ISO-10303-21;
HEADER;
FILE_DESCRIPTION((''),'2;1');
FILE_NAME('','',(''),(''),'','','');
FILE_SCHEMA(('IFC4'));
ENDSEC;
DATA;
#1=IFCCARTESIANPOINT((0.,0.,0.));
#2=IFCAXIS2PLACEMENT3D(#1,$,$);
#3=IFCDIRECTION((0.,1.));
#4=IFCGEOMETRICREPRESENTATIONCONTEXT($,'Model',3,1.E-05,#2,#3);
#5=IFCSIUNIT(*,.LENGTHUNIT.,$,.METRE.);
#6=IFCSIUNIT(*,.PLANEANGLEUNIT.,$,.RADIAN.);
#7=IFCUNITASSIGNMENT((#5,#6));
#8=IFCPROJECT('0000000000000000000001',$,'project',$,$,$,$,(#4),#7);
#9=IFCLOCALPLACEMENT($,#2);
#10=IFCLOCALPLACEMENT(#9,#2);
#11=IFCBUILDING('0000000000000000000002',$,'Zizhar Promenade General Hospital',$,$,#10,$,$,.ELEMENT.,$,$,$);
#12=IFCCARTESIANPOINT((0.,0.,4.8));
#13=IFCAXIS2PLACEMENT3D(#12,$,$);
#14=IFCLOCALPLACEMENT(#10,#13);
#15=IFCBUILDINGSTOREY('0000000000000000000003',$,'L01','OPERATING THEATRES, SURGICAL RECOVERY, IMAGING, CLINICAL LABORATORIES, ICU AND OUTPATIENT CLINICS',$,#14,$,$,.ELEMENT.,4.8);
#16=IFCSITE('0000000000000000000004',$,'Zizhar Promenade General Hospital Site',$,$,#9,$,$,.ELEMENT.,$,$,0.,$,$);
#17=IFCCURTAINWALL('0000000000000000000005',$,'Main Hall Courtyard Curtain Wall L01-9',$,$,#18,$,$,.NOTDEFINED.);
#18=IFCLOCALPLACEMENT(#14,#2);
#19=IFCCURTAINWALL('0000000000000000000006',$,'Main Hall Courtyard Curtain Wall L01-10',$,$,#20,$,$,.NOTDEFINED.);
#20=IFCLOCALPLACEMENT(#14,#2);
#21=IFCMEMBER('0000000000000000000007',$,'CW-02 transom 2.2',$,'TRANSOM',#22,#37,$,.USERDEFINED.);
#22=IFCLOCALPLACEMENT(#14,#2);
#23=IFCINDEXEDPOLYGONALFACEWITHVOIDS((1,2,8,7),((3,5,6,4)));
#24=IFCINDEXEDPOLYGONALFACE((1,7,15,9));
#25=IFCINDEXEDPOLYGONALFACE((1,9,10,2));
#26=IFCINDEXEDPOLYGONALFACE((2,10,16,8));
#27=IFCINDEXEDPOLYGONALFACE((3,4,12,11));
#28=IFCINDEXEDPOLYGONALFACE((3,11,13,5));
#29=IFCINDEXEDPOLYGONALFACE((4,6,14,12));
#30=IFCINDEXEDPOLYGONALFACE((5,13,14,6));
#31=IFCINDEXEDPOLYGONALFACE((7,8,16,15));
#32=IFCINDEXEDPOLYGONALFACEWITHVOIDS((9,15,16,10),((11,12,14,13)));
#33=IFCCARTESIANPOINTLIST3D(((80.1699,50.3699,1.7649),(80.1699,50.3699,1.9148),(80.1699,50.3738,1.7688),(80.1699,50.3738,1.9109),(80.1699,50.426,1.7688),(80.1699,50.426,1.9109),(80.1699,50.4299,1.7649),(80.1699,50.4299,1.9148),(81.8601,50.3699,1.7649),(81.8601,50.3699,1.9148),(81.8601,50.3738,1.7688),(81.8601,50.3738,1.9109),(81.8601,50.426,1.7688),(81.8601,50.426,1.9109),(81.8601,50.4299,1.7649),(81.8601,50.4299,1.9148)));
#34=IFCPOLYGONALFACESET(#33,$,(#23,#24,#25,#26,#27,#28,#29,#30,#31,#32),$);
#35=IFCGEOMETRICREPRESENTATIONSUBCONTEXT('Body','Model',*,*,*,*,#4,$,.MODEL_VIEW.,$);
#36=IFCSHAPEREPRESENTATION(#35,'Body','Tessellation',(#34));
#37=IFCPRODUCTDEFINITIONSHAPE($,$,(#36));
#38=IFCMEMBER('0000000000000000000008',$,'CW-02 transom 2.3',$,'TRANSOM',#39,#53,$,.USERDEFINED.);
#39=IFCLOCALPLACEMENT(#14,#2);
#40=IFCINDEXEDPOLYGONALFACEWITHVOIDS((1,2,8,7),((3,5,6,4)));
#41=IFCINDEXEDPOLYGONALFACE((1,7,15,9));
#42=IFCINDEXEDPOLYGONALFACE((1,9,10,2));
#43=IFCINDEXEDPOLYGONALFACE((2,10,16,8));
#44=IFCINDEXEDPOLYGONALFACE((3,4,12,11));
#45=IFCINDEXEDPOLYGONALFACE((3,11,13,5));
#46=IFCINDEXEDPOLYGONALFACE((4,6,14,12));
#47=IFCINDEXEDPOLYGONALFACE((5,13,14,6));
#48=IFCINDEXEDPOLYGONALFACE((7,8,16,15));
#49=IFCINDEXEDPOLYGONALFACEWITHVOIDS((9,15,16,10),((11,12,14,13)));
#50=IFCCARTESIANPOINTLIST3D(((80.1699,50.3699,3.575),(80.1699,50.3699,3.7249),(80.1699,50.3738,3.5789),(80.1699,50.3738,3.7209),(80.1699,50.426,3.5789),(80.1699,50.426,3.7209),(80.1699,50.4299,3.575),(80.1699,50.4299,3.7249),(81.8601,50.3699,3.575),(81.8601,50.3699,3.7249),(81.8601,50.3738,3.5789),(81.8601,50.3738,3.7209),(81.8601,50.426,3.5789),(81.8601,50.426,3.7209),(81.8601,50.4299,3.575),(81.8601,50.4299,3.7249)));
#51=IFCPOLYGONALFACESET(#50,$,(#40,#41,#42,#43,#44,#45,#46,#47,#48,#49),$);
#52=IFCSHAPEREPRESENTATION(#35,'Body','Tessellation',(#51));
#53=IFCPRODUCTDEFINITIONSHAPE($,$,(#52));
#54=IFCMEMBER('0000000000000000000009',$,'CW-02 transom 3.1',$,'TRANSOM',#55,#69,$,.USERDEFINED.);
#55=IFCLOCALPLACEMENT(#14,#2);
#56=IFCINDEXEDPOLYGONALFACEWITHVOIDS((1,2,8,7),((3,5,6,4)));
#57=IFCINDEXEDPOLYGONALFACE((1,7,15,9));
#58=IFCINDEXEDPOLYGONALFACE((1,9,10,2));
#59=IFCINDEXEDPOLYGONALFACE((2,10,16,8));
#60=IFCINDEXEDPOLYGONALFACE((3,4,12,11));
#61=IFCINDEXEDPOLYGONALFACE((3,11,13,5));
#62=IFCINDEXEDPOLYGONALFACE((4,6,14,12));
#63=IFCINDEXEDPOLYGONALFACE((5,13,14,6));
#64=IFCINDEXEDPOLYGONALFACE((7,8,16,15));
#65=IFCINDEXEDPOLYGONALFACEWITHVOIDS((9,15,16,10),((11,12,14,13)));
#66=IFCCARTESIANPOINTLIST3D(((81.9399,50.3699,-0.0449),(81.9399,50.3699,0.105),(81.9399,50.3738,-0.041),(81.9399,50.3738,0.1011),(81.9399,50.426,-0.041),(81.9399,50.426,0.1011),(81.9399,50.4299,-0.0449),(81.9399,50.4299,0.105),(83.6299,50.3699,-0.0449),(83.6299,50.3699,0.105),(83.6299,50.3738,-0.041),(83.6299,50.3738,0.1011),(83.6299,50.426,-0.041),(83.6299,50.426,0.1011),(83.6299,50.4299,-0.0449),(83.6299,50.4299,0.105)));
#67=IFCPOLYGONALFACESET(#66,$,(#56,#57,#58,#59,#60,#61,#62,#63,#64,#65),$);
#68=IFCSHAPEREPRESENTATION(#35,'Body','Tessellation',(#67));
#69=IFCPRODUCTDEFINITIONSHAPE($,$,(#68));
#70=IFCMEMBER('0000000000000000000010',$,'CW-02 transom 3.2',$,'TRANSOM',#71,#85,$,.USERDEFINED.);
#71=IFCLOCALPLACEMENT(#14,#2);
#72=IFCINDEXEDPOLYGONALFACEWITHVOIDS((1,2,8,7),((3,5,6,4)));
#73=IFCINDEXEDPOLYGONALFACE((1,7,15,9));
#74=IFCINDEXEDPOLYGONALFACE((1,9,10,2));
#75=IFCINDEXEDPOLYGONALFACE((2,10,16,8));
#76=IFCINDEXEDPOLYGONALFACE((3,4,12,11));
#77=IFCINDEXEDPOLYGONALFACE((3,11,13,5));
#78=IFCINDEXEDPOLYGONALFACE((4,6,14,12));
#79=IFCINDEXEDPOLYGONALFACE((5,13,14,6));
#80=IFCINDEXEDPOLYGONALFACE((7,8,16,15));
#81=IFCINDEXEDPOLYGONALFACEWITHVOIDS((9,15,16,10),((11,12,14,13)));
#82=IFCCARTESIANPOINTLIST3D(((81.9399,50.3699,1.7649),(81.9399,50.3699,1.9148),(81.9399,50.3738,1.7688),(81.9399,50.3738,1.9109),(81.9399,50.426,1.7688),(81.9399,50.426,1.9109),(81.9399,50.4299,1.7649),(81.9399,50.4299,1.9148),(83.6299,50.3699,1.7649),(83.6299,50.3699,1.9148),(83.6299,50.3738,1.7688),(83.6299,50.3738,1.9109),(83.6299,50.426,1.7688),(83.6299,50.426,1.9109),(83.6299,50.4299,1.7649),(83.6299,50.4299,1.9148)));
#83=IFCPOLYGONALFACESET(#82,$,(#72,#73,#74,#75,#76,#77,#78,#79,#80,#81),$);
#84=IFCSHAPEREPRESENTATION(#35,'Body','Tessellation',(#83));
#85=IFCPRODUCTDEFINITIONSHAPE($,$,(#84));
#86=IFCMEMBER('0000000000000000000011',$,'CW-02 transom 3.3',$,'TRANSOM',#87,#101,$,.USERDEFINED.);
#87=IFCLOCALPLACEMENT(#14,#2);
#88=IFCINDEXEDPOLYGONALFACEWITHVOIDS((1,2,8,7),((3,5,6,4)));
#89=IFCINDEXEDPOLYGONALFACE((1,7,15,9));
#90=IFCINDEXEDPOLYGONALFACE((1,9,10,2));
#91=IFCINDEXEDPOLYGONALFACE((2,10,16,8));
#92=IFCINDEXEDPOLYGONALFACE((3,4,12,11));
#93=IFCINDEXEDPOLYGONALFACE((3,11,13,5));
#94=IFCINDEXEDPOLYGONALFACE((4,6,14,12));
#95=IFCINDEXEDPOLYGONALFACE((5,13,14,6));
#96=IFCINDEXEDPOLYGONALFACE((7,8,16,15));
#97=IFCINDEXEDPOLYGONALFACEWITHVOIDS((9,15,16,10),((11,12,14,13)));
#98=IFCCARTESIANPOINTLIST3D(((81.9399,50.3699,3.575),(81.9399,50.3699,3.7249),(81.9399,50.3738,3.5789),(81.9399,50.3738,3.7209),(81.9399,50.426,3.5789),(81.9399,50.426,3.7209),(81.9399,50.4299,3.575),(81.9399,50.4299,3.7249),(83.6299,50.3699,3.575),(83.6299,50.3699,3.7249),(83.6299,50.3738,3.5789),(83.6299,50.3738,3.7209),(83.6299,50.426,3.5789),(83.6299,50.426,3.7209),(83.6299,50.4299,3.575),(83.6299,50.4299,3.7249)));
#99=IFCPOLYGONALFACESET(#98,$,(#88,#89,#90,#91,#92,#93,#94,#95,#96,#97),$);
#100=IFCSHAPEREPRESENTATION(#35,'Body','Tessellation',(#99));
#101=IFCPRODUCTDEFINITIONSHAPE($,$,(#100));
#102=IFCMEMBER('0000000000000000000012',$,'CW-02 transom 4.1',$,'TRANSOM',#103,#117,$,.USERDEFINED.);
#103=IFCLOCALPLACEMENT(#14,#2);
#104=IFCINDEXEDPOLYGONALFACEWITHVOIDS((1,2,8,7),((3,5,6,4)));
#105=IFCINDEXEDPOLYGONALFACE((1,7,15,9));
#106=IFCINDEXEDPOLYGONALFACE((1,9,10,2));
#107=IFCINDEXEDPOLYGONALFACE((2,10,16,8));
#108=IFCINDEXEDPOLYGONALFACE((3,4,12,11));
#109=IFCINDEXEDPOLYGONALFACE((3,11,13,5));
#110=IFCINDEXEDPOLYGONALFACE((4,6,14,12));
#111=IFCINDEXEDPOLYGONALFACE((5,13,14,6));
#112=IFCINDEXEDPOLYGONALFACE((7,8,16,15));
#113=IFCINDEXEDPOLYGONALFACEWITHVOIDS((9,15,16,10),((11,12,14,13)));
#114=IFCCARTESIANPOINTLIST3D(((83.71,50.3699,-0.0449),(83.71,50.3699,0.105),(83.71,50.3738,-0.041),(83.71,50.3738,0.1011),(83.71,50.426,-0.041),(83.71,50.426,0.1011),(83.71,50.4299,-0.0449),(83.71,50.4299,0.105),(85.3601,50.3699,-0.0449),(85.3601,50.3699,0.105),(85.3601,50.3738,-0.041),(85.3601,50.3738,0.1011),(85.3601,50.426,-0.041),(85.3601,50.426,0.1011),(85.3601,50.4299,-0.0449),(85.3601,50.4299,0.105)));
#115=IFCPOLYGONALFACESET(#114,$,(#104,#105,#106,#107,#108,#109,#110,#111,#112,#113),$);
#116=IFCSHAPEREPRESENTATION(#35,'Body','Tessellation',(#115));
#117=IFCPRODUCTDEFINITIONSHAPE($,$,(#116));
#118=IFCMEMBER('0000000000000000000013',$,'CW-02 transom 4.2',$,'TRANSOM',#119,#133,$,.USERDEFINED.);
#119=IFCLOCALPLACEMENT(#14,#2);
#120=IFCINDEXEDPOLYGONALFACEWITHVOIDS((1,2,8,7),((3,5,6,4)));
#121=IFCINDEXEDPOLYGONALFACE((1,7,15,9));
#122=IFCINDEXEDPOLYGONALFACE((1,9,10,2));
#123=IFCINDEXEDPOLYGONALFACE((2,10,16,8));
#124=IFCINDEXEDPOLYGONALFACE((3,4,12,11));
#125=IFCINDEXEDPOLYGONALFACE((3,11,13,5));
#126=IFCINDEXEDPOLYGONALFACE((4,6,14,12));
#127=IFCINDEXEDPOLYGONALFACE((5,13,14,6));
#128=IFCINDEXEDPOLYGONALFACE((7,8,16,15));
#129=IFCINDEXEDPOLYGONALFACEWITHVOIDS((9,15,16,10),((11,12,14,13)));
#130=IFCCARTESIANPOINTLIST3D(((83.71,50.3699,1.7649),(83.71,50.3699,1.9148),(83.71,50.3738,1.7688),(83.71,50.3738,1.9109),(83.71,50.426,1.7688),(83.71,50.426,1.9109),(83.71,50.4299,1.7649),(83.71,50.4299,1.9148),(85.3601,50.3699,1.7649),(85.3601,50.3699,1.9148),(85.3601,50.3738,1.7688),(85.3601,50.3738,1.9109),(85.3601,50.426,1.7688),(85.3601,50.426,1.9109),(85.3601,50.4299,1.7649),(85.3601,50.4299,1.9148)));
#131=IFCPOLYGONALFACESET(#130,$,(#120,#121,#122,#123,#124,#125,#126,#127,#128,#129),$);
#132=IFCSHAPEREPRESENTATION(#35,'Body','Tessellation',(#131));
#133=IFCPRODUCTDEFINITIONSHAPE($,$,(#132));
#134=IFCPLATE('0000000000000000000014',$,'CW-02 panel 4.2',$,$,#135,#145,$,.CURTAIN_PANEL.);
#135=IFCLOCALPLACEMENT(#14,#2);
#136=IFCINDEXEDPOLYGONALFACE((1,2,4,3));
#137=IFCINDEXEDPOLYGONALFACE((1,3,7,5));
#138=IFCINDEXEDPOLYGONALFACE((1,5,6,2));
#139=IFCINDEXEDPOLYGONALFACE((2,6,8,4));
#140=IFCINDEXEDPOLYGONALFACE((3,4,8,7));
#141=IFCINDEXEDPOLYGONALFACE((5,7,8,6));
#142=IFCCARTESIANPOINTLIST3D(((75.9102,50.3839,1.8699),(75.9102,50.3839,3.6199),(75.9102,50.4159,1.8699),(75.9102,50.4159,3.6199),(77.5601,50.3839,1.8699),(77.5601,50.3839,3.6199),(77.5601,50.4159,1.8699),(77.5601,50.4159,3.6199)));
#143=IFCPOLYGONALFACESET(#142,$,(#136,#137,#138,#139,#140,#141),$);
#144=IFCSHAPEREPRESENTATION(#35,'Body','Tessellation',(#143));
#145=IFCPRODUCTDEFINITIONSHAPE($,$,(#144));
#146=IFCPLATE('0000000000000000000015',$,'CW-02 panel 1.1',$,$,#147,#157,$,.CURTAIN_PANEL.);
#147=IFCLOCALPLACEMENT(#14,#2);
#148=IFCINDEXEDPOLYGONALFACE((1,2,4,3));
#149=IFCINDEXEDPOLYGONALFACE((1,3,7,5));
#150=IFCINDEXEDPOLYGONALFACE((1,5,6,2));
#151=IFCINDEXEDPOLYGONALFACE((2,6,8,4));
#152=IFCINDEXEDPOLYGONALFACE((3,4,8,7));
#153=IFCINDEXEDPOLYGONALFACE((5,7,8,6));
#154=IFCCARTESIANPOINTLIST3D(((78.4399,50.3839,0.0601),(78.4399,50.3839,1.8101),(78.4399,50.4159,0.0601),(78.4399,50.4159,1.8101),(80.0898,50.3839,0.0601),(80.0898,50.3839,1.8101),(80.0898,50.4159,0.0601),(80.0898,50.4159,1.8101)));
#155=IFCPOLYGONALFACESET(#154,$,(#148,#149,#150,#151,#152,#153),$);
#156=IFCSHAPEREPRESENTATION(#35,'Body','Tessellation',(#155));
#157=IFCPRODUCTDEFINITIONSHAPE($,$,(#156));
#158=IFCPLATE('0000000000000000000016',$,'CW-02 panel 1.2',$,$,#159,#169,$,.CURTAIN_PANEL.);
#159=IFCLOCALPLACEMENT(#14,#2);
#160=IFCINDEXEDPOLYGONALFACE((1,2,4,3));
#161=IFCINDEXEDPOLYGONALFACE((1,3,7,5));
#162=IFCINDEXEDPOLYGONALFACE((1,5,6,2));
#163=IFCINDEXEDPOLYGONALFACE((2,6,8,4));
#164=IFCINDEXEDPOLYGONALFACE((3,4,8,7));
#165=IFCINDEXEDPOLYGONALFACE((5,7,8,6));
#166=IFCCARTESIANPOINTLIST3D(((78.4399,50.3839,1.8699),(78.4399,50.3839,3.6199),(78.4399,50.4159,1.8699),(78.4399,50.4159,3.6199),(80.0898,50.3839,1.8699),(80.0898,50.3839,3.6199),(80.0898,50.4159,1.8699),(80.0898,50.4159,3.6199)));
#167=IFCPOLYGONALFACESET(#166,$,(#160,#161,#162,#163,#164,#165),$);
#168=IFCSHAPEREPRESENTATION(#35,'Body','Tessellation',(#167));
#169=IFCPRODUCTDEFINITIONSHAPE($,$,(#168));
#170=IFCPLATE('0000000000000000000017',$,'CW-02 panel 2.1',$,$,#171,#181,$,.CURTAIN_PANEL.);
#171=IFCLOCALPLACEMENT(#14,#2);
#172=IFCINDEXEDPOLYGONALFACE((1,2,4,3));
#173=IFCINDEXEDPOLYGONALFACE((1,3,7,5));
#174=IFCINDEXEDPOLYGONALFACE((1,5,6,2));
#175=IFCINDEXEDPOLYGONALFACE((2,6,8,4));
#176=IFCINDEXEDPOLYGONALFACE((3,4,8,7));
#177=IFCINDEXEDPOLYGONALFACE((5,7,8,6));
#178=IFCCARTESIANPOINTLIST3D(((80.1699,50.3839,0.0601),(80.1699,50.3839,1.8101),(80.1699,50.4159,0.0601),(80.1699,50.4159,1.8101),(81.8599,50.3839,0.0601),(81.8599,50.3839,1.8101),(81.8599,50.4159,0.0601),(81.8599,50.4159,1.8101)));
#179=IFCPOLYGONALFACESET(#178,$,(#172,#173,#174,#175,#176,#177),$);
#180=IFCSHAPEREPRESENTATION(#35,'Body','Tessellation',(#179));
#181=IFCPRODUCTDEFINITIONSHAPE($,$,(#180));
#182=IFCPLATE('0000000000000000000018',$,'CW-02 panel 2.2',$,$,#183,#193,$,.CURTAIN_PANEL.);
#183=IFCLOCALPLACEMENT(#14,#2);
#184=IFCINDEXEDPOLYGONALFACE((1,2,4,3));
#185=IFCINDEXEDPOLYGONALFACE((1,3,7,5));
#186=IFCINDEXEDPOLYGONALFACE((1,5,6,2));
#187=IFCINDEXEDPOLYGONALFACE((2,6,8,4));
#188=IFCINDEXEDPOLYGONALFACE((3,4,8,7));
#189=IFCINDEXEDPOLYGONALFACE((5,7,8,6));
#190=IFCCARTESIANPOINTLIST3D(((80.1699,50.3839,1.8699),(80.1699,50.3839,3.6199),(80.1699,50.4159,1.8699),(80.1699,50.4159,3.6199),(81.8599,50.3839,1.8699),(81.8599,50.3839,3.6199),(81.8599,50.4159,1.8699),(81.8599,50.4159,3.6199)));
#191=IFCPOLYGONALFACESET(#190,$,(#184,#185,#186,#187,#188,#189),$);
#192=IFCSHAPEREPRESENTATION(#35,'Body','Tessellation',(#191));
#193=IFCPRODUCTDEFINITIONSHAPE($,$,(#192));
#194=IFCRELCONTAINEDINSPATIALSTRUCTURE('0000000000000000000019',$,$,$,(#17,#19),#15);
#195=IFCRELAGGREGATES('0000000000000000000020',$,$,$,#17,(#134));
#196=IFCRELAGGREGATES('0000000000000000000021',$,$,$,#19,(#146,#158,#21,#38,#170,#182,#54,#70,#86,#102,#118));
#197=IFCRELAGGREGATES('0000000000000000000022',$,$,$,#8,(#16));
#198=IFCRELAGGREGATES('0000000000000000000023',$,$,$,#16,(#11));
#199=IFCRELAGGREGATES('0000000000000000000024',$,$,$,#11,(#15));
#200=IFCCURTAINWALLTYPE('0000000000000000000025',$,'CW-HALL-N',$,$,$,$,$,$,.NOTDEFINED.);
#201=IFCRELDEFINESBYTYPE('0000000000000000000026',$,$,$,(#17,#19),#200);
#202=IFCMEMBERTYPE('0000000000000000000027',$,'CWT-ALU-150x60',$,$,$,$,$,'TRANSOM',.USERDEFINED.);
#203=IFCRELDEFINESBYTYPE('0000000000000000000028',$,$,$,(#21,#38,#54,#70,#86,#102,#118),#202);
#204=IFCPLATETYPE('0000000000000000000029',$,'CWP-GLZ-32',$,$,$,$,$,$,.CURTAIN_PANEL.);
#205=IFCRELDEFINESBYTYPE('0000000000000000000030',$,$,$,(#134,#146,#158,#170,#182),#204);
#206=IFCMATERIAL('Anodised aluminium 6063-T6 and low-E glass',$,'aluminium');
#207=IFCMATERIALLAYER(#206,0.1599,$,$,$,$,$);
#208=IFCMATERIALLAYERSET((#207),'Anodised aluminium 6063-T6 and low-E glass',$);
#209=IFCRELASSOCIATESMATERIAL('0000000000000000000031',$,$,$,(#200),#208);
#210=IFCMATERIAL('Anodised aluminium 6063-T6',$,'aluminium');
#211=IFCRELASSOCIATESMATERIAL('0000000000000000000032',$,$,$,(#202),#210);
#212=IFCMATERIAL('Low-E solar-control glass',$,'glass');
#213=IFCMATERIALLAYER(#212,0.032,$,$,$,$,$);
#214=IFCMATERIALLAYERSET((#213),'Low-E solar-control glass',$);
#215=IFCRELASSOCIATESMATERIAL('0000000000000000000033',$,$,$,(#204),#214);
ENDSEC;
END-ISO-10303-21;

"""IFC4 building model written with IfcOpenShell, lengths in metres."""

from ifc_helpers import new_model, si_unit, direction, frame, origin, origin_2d, place, context, subcontext, project, spatial, rectangle, hollow_rectangle, extrude, material, layer, layer_set, material_profile, profile_set, type_object, element, aggregate, save


model = new_model("IFC4")

# Units and contexts
model_context = context("Model", 3, precision=1e-05, world=origin(), true_north=direction((0.0, 1.0)))
body_context = subcontext(model_context, "Body", "Model", "MODEL_VIEW")
ifc_project = project(units=[si_unit("LENGTHUNIT", "METRE"), si_unit("PLANEANGLEUNIT", "RADIAN")], contexts=[model_context])

# Site, building, storey
site_placement = place(None, origin())
site = spatial("IfcSite", under=ifc_project, at=site_placement, Name="Zizhar Promenade General Hospital Site", CompositionType="ELEMENT", RefElevation=0.0)
building_placement = place(site_placement, origin())
building = spatial("IfcBuilding", under=site, at=building_placement, Name="Zizhar Promenade General Hospital", CompositionType="ELEMENT")
storey_placement = place(building_placement, frame((0.0, 0.0, 4.8)))
storey = spatial("IfcBuildingStorey", under=building, at=storey_placement, Name="L01", Description="OPERATING THEATRES, SURGICAL RECOVERY, IMAGING, CLINICAL LABORATORIES, ICU AND OUTPATIENT CLINICS", CompositionType="ELEMENT", Elevation=4.8)

# Curtain wall
ifc_material_1 = material(Name="Anodised aluminium 6063-T6 and low-E glass", Category="aluminium")
ifc_layer_1 = layer(ifc_material_1, 0.1599)
ifc_layer_set_1 = layer_set([ifc_layer_1], Name="Anodised aluminium 6063-T6 and low-E glass")
curtain_wall_type = type_object("IfcCurtainWallType", Name="CW-HALL-N", PredefinedType="NOTDEFINED", material=ifc_layer_set_1)
curtain_wall_1_placement = place(storey_placement, origin())
curtain_wall_1 = element("IfcCurtainWall", 1, at=curtain_wall_1_placement, inside=storey, type_object=curtain_wall_type, Name="Main Hall Courtyard Curtain Wall L01-9", PredefinedType="NOTDEFINED")

# Curtain wall, members
curtain_wall_2_placement = place(storey_placement, origin())
curtain_wall_2 = element("IfcCurtainWall", 2, at=curtain_wall_2_placement, inside=storey, type_object=curtain_wall_type, Name="Main Hall Courtyard Curtain Wall L01-10", PredefinedType="NOTDEFINED")
ifc_material_2 = material(Name="Anodised aluminium 6063-T6", Category="aluminium")
ifc_material_profile_1 = material_profile(ifc_material_2, hollow_rectangle(XDim=0.0601, YDim=0.1499, WallThickness=0.0039, at=origin_2d()))
ifc_profile_set_1 = profile_set([ifc_material_profile_1], Name="Anodised aluminium 6063-T6")
member_type_1 = type_object("IfcMemberType", Name="CWT-ALU-150x60", ElementType="TRANSOM", PredefinedType="USERDEFINED", material=ifc_profile_set_1)
member_1_placement = place(storey_placement, frame((80.1699, 50.3999, 1.8398), z_axis=(1.0, 0.0, 0.0), x_axis=(0.0, 1.0, 0.0)))
member_1 = element("IfcMember", 3, at=member_1_placement, type_object=member_type_1, Name="CW-02 transom 2.2", ObjectType="TRANSOM", PredefinedType="USERDEFINED", context=body_context, shape_type="SweptSolid", body=[
    extrude(hollow_rectangle(XDim=0.0601, YDim=0.1499, WallThickness=0.0039, at=origin_2d()), origin(), (0.0, 0.0, 1.0), 1.6902),
])
member_2_placement = place(storey_placement, frame((80.1699, 50.3999, 3.6499), z_axis=(1.0, 0.0, 0.0), x_axis=(0.0, 1.0, 0.0)))
member_2 = element("IfcMember", 4, at=member_2_placement, type_object=member_type_1, Name="CW-02 transom 2.3", ObjectType="TRANSOM", PredefinedType="USERDEFINED", context=body_context, shape_type="SweptSolid", body=[
    extrude(hollow_rectangle(XDim=0.0601, YDim=0.1499, WallThickness=0.0039, at=origin_2d()), origin(), (0.0, 0.0, 1.0), 1.6902),
])
member_3_placement = place(storey_placement, frame((81.9399, 50.3999, 0.03), z_axis=(1.0, 0.0, 0.0), x_axis=(0.0, 1.0, 0.0)))
member_3 = element("IfcMember", 5, at=member_3_placement, type_object=member_type_1, Name="CW-02 transom 3.1", ObjectType="TRANSOM", PredefinedType="USERDEFINED", context=body_context, shape_type="SweptSolid", body=[
    extrude(hollow_rectangle(XDim=0.0601, YDim=0.1499, WallThickness=0.0039, at=origin_2d()), origin(), (0.0, 0.0, 1.0), 1.6899),
])
member_4_placement = place(storey_placement, frame((81.9399, 50.3999, 1.8398), z_axis=(1.0, 0.0, 0.0), x_axis=(0.0, 1.0, 0.0)))
member_4 = element("IfcMember", 6, at=member_4_placement, type_object=member_type_1, Name="CW-02 transom 3.2", ObjectType="TRANSOM", PredefinedType="USERDEFINED", context=body_context, shape_type="SweptSolid", body=[
    extrude(hollow_rectangle(XDim=0.0601, YDim=0.1499, WallThickness=0.0039, at=origin_2d()), origin(), (0.0, 0.0, 1.0), 1.6899),
])
member_5_placement = place(storey_placement, frame((81.9399, 50.3999, 3.6499), z_axis=(1.0, 0.0, 0.0), x_axis=(0.0, 1.0, 0.0)))
member_5 = element("IfcMember", 7, at=member_5_placement, type_object=member_type_1, Name="CW-02 transom 3.3", ObjectType="TRANSOM", PredefinedType="USERDEFINED", context=body_context, shape_type="SweptSolid", body=[
    extrude(hollow_rectangle(XDim=0.0601, YDim=0.1499, WallThickness=0.0039, at=origin_2d()), origin(), (0.0, 0.0, 1.0), 1.6899),
])
member_6_placement = place(storey_placement, frame((83.71, 50.3999, 0.03), z_axis=(1.0, 0.0, 0.0), x_axis=(0.0, 1.0, 0.0)))
member_6 = element("IfcMember", 8, at=member_6_placement, type_object=member_type_1, Name="CW-02 transom 4.1", ObjectType="TRANSOM", PredefinedType="USERDEFINED", context=body_context, shape_type="SweptSolid", body=[
    extrude(hollow_rectangle(XDim=0.0601, YDim=0.1499, WallThickness=0.0039, at=origin_2d()), origin(), (0.0, 0.0, 1.0), 1.6501),
])
member_7_placement = place(storey_placement, frame((83.71, 50.3999, 1.8398), z_axis=(1.0, 0.0, 0.0), x_axis=(0.0, 1.0, 0.0)))
member_7 = element("IfcMember", 9, at=member_7_placement, type_object=member_type_1, Name="CW-02 transom 4.2", ObjectType="TRANSOM", PredefinedType="USERDEFINED", context=body_context, shape_type="SweptSolid", body=[
    extrude(hollow_rectangle(XDim=0.0601, YDim=0.1499, WallThickness=0.0039, at=origin_2d()), origin(), (0.0, 0.0, 1.0), 1.6501),
])

# Plates
ifc_material_3 = material(Name="Low-E solar-control glass", Category="glass")
ifc_layer_2 = layer(ifc_material_3, 0.032)
ifc_layer_set_2 = layer_set([ifc_layer_2], Name="Low-E solar-control glass")
plate_type = type_object("IfcPlateType", Name="CWP-GLZ-32", PredefinedType="CURTAIN_PANEL", material=ifc_layer_set_2)
plate_1_placement = place(storey_placement, frame((76.7351, 50.3999, 1.8699), z_axis=(0.0, 0.0, 1.0), x_axis=(1.0, 0.0, 0.0)))
plate_1 = element("IfcPlate", 10, at=plate_1_placement, type_object=plate_type, Name="CW-02 panel 4.2", PredefinedType="CURTAIN_PANEL", context=body_context, shape_type="SweptSolid", body=[
    extrude(rectangle(XDim=1.6499, YDim=0.032, at=origin_2d()), origin(), (0.0, 0.0, 1.0), 1.75),
])
aggregate(curtain_wall_1, [plate_1])
plate_2_placement = place(storey_placement, frame((79.2649, 50.3999, 0.0601), z_axis=(0.0, 0.0, 1.0), x_axis=(1.0, 0.0, 0.0)))
plate_2 = element("IfcPlate", 11, at=plate_2_placement, type_object=plate_type, Name="CW-02 panel 1.1", PredefinedType="CURTAIN_PANEL", context=body_context, shape_type="SweptSolid", body=[
    extrude(rectangle(XDim=1.6499, YDim=0.032, at=origin_2d()), origin(), (0.0, 0.0, 1.0), 1.75),
])
plate_3_placement = place(storey_placement, frame((79.2649, 50.3999, 1.8699), z_axis=(0.0, 0.0, 1.0), x_axis=(1.0, 0.0, 0.0)))
plate_3 = element("IfcPlate", 12, at=plate_3_placement, type_object=plate_type, Name="CW-02 panel 1.2", PredefinedType="CURTAIN_PANEL", context=body_context, shape_type="SweptSolid", body=[
    extrude(rectangle(XDim=1.6499, YDim=0.032, at=origin_2d()), origin(), (0.0, 0.0, 1.0), 1.75),
])
plate_4_placement = place(storey_placement, frame((81.0149, 50.3999, 0.0601), z_axis=(0.0, 0.0, 1.0), x_axis=(1.0, 0.0, 0.0)))
plate_4 = element("IfcPlate", 13, at=plate_4_placement, type_object=plate_type, Name="CW-02 panel 2.1", PredefinedType="CURTAIN_PANEL", context=body_context, shape_type="SweptSolid", body=[
    extrude(rectangle(XDim=1.6899, YDim=0.032, at=origin_2d()), origin(), (0.0, 0.0, 1.0), 1.75),
])
plate_5_placement = place(storey_placement, frame((81.0149, 50.3999, 1.8699), z_axis=(0.0, 0.0, 1.0), x_axis=(1.0, 0.0, 0.0)))
plate_5 = element("IfcPlate", 14, at=plate_5_placement, type_object=plate_type, Name="CW-02 panel 2.2", PredefinedType="CURTAIN_PANEL", context=body_context, shape_type="SweptSolid", body=[
    extrude(rectangle(XDim=1.6899, YDim=0.032, at=origin_2d()), origin(), (0.0, 0.0, 1.0), 1.75),
])
aggregate(curtain_wall_2, [plate_2, plate_3, member_1, member_2, plate_4, plate_5, member_3, member_4, member_5, member_6, member_7])

save(model, "model.ifc")
